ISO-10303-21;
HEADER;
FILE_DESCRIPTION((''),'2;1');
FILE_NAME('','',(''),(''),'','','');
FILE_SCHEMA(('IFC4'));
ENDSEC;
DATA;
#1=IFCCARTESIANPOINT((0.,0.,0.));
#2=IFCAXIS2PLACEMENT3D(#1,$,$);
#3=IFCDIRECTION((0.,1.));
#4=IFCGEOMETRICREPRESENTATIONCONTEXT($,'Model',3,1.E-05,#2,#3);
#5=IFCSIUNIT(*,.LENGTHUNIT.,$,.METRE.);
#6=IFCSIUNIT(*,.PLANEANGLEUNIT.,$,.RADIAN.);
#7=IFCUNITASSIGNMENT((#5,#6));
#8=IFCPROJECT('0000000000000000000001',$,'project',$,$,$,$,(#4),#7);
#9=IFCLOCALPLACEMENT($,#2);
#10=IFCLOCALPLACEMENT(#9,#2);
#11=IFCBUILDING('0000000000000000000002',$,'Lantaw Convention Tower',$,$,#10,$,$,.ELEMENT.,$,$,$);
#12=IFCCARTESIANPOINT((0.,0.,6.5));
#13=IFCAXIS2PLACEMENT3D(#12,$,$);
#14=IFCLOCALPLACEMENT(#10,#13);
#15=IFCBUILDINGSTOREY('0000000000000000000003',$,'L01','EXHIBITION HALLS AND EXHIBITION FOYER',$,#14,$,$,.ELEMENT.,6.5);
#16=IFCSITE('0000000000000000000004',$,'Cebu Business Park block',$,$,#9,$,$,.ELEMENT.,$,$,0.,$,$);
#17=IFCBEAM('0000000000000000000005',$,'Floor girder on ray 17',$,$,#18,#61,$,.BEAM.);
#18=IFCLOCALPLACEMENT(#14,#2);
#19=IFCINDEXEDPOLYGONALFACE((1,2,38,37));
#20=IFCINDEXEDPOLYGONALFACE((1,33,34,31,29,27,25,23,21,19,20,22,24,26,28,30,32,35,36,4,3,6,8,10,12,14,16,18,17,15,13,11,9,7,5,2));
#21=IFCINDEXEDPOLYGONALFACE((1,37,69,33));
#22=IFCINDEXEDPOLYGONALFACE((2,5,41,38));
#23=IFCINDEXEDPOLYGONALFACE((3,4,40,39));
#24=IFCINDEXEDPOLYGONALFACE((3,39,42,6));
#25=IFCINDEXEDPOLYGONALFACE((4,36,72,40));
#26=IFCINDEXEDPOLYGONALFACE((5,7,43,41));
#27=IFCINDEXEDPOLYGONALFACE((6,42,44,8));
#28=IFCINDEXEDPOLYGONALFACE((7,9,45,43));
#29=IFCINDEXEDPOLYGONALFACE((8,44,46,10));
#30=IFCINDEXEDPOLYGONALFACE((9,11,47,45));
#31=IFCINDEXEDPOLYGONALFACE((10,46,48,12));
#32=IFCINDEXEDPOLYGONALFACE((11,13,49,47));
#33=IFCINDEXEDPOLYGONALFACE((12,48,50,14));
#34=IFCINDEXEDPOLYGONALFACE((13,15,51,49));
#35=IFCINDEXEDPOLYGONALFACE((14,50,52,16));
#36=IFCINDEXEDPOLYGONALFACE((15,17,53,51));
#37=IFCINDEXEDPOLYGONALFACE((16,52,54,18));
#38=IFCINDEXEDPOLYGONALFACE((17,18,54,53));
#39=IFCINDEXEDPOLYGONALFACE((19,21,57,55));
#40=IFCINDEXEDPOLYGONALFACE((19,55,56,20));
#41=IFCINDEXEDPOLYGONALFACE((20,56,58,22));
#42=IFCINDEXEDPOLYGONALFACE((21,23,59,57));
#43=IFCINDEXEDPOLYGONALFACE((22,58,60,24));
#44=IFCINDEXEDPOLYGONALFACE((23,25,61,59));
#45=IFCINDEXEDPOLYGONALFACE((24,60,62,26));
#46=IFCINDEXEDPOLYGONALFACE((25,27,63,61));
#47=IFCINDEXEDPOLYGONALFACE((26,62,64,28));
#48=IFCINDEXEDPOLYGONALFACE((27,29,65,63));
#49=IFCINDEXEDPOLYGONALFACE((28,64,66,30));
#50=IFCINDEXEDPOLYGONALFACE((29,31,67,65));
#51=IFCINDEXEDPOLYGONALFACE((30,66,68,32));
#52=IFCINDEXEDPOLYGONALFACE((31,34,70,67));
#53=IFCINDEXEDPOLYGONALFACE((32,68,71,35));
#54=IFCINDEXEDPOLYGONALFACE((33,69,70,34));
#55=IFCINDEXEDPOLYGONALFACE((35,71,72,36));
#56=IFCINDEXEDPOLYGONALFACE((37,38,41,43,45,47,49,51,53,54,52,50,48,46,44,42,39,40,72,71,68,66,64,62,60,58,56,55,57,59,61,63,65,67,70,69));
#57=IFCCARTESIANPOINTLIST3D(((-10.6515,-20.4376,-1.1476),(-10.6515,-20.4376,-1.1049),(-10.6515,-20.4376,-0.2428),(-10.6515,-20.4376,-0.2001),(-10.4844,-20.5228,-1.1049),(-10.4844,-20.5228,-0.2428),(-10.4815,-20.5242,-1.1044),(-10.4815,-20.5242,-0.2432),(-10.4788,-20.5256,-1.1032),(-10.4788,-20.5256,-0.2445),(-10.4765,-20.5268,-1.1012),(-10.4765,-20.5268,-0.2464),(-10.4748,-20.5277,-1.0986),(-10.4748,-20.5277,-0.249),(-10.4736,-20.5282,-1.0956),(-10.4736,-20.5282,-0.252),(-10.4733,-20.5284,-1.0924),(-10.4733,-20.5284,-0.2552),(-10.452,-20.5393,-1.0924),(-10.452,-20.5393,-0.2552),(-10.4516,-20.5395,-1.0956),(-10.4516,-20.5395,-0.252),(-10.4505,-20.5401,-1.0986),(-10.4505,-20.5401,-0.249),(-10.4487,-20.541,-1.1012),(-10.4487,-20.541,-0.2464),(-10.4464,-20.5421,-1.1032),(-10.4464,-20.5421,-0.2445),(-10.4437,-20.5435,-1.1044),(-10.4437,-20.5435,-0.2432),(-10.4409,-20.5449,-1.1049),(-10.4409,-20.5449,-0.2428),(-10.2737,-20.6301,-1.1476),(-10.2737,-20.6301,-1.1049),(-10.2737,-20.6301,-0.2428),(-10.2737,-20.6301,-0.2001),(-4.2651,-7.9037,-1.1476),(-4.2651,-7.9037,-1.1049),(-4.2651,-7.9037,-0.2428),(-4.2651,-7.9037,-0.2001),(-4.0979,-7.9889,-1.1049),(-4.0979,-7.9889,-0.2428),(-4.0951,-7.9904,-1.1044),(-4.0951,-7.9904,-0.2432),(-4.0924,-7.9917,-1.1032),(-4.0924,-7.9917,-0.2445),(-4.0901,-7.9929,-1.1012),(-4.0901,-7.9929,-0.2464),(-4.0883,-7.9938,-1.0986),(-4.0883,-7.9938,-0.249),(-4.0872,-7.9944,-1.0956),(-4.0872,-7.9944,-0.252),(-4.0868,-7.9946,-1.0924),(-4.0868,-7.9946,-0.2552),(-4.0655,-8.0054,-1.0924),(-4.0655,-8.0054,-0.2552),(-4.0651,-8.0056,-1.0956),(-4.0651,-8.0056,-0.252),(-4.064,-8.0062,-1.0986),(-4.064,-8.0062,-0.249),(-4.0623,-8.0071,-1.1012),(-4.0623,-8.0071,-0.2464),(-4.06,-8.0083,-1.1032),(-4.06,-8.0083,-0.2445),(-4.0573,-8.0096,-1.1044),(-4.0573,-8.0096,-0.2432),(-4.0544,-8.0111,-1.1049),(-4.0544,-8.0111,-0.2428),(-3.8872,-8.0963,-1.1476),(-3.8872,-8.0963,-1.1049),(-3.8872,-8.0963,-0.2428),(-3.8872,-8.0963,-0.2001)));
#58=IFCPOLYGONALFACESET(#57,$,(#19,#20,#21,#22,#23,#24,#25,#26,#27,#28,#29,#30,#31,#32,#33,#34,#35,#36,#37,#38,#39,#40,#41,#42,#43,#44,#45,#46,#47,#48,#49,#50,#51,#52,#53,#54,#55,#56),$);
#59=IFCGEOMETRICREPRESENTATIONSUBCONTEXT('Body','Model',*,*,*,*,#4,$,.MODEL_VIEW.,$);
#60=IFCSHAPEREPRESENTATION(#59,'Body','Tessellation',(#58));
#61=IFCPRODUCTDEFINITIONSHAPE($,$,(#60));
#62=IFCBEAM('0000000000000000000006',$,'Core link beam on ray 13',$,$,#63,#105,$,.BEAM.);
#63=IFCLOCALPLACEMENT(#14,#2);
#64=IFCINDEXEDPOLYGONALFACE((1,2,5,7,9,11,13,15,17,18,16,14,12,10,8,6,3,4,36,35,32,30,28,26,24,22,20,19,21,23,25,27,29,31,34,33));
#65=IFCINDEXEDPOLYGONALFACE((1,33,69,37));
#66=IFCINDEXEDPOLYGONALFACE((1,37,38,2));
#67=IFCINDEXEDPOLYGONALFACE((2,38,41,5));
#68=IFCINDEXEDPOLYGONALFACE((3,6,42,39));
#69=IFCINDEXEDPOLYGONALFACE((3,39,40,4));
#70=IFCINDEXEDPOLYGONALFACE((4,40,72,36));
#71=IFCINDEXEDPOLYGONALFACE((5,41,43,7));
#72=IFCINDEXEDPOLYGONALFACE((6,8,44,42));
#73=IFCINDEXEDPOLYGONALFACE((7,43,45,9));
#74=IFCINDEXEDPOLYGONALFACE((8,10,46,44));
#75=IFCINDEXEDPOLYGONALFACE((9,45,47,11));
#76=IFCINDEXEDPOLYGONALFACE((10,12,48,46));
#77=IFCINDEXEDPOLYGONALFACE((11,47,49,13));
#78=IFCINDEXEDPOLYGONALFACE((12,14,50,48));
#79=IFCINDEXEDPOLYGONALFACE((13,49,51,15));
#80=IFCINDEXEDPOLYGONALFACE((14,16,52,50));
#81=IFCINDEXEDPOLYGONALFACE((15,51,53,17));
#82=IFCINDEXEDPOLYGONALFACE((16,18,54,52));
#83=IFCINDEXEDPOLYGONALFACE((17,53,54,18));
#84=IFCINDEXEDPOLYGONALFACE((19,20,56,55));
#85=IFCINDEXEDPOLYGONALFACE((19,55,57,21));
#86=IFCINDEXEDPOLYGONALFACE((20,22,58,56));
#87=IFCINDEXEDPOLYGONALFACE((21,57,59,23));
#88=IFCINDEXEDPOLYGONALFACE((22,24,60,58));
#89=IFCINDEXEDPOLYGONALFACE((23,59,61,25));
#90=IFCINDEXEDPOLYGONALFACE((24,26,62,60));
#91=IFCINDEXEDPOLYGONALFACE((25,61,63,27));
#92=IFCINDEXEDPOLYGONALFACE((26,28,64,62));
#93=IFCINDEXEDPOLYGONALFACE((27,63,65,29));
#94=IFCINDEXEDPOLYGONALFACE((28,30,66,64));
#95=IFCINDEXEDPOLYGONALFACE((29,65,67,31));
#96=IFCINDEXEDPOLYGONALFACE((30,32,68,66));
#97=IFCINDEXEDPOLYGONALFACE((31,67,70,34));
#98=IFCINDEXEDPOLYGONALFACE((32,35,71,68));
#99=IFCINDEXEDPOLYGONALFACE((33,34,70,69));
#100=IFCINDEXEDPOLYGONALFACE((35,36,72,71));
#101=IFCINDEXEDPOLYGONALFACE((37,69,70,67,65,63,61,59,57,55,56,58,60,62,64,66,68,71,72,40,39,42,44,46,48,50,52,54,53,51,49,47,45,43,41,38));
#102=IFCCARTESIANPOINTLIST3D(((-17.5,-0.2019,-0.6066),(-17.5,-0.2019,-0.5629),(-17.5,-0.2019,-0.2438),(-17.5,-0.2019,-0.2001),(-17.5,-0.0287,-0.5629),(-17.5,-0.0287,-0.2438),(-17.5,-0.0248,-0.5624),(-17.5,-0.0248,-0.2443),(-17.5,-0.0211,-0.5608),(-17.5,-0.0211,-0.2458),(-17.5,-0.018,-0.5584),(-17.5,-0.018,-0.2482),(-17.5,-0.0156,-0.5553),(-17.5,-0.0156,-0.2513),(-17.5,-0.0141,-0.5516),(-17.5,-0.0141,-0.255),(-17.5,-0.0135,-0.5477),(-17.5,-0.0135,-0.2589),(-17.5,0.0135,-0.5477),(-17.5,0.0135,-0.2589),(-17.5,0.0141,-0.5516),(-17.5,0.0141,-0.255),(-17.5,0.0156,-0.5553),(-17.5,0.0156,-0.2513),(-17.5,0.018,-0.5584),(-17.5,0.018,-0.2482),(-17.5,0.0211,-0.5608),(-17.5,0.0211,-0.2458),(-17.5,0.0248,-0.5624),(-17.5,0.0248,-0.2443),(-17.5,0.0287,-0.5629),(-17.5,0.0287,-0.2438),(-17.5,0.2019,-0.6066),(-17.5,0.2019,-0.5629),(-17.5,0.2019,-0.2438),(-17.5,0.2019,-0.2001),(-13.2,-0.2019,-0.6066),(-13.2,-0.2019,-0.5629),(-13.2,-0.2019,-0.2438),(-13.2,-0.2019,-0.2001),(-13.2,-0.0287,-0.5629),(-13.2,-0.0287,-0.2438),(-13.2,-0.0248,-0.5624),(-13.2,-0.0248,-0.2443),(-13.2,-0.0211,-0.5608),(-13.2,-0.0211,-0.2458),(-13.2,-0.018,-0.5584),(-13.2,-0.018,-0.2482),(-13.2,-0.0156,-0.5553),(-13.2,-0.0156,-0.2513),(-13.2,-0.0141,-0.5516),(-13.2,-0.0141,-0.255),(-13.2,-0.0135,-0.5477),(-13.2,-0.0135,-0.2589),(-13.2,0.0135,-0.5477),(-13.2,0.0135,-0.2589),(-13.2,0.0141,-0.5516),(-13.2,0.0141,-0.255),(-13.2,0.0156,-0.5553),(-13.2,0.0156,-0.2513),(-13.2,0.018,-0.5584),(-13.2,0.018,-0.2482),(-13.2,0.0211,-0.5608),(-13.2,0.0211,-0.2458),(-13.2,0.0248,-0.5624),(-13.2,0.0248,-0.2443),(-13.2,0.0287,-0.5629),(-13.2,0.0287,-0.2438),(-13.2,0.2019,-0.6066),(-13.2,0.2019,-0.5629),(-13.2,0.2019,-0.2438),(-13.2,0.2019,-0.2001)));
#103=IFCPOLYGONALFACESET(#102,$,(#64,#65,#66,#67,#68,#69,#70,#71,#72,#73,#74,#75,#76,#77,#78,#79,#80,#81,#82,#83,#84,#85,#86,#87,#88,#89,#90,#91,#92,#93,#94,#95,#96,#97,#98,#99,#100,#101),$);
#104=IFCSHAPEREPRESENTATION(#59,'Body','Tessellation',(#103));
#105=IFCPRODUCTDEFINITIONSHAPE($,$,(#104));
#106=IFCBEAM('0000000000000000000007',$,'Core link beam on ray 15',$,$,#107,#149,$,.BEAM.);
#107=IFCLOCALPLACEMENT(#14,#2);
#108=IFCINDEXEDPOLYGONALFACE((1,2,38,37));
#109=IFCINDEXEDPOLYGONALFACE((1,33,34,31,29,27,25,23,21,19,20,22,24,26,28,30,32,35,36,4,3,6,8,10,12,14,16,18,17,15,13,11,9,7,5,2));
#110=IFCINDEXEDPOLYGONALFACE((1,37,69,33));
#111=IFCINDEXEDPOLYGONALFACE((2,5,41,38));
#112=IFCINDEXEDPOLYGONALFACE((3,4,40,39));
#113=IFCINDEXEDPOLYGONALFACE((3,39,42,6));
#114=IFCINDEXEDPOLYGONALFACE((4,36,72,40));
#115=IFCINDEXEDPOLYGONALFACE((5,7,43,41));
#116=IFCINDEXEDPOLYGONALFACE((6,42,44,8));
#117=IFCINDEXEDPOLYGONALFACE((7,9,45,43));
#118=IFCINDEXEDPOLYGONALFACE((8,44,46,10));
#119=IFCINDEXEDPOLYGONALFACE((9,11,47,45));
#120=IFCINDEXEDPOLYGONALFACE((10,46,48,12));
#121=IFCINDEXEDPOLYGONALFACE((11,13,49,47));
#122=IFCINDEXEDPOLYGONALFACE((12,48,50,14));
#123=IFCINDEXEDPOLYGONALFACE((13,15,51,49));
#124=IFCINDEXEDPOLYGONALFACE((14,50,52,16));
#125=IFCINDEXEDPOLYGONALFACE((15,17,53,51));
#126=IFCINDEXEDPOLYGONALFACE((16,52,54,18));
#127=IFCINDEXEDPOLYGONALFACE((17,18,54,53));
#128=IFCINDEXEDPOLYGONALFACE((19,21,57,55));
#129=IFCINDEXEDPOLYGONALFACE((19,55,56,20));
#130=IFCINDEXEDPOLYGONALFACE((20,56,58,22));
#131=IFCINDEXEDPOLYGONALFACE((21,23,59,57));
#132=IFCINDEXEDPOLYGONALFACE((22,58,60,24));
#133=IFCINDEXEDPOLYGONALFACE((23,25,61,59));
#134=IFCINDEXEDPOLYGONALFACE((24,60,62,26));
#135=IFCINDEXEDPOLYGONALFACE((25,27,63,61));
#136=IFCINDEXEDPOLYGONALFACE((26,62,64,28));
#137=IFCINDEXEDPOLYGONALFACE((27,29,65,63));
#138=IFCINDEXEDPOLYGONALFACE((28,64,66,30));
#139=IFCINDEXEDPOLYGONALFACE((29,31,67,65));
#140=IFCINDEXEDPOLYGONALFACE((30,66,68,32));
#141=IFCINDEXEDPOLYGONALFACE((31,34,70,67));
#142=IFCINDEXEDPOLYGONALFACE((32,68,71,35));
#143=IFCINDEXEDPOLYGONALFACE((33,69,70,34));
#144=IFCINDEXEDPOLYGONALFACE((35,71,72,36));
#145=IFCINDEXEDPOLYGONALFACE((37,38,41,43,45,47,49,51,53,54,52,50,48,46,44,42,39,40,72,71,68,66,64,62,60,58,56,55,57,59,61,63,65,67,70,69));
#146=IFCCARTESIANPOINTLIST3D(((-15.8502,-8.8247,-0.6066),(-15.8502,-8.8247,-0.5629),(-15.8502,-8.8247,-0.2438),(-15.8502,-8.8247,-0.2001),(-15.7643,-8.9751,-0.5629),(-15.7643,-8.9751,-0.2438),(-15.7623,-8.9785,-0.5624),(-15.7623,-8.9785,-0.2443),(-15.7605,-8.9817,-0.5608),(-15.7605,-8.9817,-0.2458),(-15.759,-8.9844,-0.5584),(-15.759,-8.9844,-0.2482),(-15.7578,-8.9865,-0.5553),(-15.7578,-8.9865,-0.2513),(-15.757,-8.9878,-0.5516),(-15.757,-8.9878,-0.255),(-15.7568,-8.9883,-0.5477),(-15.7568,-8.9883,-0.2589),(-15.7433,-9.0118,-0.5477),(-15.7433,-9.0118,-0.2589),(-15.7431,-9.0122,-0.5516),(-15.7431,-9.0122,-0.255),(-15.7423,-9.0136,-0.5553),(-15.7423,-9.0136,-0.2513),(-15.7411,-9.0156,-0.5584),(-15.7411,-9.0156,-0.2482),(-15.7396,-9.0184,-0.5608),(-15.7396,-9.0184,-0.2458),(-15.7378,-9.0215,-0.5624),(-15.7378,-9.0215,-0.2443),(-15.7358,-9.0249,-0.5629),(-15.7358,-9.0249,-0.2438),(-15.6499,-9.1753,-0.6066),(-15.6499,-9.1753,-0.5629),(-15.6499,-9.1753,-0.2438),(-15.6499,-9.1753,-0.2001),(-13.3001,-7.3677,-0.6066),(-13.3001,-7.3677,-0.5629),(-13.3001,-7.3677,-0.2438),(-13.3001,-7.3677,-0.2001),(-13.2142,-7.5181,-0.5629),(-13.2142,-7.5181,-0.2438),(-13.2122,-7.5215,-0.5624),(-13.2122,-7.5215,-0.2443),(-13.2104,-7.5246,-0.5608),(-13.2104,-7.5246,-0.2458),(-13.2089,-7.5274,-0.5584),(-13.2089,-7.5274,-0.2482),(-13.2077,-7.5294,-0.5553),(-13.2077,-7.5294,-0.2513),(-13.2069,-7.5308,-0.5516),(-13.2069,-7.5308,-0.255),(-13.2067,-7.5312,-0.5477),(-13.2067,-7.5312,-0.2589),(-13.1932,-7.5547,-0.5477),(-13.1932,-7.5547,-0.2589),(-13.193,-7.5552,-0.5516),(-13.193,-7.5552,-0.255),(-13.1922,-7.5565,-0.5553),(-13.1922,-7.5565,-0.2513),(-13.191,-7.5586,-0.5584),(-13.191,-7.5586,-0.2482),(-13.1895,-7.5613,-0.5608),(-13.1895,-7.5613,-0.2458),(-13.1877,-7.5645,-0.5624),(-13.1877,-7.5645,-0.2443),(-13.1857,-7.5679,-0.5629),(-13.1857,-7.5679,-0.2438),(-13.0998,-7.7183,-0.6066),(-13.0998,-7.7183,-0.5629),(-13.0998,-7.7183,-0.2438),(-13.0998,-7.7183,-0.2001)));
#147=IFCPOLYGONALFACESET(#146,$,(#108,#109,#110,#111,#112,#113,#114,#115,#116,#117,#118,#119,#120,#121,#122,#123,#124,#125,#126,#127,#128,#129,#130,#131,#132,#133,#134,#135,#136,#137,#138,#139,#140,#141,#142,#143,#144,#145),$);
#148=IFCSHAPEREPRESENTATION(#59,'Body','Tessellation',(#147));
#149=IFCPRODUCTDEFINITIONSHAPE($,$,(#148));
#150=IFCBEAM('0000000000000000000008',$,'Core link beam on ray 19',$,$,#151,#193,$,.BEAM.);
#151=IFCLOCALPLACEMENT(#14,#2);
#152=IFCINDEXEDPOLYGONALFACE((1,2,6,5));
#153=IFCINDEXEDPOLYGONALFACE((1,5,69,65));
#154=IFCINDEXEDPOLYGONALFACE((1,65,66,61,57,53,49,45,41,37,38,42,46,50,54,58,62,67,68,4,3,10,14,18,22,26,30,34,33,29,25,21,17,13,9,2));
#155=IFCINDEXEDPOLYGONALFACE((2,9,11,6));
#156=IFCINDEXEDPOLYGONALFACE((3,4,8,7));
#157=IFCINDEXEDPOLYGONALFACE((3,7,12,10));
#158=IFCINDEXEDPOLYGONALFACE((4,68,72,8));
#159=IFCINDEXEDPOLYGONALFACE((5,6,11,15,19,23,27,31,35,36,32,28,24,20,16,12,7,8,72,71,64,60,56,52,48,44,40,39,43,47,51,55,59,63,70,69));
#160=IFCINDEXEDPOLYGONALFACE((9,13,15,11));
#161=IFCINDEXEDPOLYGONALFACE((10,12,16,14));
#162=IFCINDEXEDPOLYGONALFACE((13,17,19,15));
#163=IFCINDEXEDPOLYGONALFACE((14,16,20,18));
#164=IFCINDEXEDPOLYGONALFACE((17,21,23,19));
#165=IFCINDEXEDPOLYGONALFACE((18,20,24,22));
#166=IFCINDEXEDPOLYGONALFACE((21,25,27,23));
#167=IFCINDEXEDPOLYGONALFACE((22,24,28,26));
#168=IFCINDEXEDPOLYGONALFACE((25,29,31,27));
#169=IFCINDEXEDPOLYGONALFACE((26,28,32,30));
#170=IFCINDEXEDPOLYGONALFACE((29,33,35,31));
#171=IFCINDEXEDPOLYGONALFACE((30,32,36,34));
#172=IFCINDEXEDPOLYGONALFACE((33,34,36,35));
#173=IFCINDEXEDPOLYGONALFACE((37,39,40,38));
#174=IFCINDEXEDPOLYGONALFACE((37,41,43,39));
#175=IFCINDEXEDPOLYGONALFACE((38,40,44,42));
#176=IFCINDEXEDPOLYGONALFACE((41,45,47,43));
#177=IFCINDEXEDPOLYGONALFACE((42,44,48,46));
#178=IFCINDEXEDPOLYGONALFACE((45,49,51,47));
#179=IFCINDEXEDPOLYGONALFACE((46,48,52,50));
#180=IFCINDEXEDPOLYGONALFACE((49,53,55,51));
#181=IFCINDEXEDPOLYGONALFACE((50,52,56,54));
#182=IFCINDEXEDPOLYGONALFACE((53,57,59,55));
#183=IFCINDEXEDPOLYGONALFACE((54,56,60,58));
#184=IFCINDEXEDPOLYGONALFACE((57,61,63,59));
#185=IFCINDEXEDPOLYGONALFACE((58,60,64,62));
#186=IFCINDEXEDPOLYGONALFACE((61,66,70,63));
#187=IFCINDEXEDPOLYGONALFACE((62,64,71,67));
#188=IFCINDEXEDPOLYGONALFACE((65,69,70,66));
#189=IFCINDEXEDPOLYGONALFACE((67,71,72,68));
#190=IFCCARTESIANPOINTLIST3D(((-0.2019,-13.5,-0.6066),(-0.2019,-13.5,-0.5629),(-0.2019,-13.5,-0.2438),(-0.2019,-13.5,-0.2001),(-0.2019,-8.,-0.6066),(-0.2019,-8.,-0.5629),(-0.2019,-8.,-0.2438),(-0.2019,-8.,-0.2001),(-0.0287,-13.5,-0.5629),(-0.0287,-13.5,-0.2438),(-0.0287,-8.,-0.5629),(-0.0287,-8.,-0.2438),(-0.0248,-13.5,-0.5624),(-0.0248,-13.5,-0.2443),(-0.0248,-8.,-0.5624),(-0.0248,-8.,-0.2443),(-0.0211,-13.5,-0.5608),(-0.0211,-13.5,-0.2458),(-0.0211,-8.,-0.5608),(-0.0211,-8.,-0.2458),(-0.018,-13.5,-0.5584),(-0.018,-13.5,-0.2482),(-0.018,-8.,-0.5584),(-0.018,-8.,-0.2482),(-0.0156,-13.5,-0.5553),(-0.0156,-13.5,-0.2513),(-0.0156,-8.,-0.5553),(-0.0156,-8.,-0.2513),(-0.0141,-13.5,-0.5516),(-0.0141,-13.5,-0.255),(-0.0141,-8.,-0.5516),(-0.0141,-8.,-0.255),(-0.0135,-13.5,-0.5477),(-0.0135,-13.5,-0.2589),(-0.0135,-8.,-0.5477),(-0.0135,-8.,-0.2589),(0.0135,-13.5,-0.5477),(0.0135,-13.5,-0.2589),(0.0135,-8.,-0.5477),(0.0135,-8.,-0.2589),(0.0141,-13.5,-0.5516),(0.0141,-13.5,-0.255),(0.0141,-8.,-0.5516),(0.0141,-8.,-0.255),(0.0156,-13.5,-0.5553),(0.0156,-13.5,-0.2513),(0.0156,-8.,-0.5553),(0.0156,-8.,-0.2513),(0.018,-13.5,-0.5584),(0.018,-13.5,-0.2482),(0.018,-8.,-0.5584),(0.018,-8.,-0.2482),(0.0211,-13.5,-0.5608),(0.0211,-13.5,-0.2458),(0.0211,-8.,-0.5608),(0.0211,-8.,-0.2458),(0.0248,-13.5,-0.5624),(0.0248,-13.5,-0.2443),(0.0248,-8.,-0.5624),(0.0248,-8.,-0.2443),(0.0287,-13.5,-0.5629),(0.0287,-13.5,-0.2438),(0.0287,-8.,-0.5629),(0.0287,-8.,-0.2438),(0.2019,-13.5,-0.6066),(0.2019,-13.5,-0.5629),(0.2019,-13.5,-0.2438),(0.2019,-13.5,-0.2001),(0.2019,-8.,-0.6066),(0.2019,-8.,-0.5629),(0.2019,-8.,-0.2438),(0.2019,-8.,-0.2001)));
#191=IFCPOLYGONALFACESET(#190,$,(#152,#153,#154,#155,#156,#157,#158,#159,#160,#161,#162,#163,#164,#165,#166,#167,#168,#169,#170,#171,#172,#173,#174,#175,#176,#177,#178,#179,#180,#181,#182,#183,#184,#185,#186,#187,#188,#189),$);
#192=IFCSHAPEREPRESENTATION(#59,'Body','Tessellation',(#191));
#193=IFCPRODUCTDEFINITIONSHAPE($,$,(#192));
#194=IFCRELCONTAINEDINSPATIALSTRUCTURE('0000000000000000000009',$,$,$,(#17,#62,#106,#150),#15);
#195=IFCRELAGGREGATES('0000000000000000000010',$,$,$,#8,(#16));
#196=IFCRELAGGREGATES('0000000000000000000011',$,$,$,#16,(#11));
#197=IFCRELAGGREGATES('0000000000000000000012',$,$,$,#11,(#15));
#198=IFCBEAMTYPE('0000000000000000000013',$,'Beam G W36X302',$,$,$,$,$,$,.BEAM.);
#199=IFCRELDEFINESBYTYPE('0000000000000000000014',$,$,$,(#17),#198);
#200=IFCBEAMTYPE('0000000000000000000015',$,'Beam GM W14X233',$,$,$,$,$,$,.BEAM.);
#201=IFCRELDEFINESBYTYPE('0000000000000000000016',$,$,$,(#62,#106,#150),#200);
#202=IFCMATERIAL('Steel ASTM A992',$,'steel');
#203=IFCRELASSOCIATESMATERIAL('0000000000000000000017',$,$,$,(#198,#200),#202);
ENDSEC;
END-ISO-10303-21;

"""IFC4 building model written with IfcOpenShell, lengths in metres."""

from ifc_helpers import new_model, si_unit, direction, frame, origin, origin_2d, place, context, subcontext, project, spatial, i_section, extrude, material, material_profile, profile_set, type_object, element, save


model = new_model("IFC4")

# Units and contexts
model_context = context("Model", 3, precision=1e-05, world=origin(), true_north=direction((0.0, 1.0)))
body_context = subcontext(model_context, "Body", "Model", "MODEL_VIEW")
ifc_project = project(units=[si_unit("LENGTHUNIT", "METRE"), si_unit("PLANEANGLEUNIT", "RADIAN")], contexts=[model_context])

# Site, building, storey
site_placement = place(None, origin())
site = spatial("IfcSite", under=ifc_project, at=site_placement, Name="Cebu Business Park block", CompositionType="ELEMENT", RefElevation=0.0)
building_placement = place(site_placement, origin())
building = spatial("IfcBuilding", under=site, at=building_placement, Name="Lantaw Convention Tower", CompositionType="ELEMENT")
storey_placement = place(building_placement, frame((0.0, 0.0, 6.5)))
storey = spatial("IfcBuildingStorey", under=building, at=storey_placement, Name="L01", Description="EXHIBITION HALLS AND EXHIBITION FOYER", CompositionType="ELEMENT", Elevation=6.5)

# Beams
ifc_material_1 = material(Name="Steel ASTM A992", Category="steel")
ifc_material_profile_1 = material_profile(ifc_material_1, i_section(OverallWidth=0.4241, OverallDepth=0.9475, WebThickness=0.0239, FlangeThickness=0.0427, FilletRadius=0.0125, at=origin_2d()), Name="W36X302")
ifc_profile_set_1 = profile_set([ifc_material_profile_1], Name="Steel ASTM A992")
beam_type_1 = type_object("IfcBeamType", Name="Beam G W36X302", PredefinedType="BEAM", material=ifc_profile_set_1)
beam_1_placement = place(storey_placement, frame((-4.0762, -8.0, -0.6738), z_axis=(-0.453997, -0.891003, 0.0), x_axis=(0.891003, -0.453997, 0.0)))
element("IfcBeam", 1, at=beam_1_placement, inside=storey, type_object=beam_type_1, Name="Floor girder on ray 17", PredefinedType="BEAM", context=body_context, shape_type="SweptSolid", body=[
    extrude(i_section(OverallWidth=0.4241, OverallDepth=0.9475, WebThickness=0.0239, FlangeThickness=0.0427, FilletRadius=0.0125, at=origin_2d()), origin(), (0.0, 0.0, 1.0), 14.0671),
])
ifc_material_profile_2 = material_profile(ifc_material_1, i_section(OverallWidth=0.4038, OverallDepth=0.4065, WebThickness=0.0271, FlangeThickness=0.0437, FilletRadius=0.0151, at=origin_2d()), Name="W14X233")
ifc_profile_set_2 = profile_set([ifc_material_profile_2], Name="Steel ASTM A992")
beam_type_2 = type_object("IfcBeamType", Name="Beam GM W14X233", PredefinedType="BEAM", material=ifc_profile_set_2)
beam_2_placement = place(storey_placement, frame((-13.2, 0.0, -0.4033), z_axis=(-1.0, 0.0, 0.0), x_axis=(0.0, -1.0, 0.0)))
element("IfcBeam", 2, at=beam_2_placement, inside=storey, type_object=beam_type_2, Name="Core link beam on ray 13", PredefinedType="BEAM", context=body_context, shape_type="SweptSolid", body=[
    extrude(i_section(OverallWidth=0.4038, OverallDepth=0.4065, WebThickness=0.0271, FlangeThickness=0.0437, FilletRadius=0.0151, at=origin_2d()), origin(), (0.0, 0.0, 1.0), 4.3),
])
beam_3_placement = place(storey_placement, frame((-13.2, -7.543, -0.4033), z_axis=(-0.868264, -0.496103, 0.0), x_axis=(0.496103, -0.868264, 0.0)))
element("IfcBeam", 3, at=beam_3_placement, inside=storey, type_object=beam_type_2, Name="Core link beam on ray 15", PredefinedType="BEAM", context=body_context, shape_type="SweptSolid", body=[
    extrude(i_section(OverallWidth=0.4038, OverallDepth=0.4065, WebThickness=0.0271, FlangeThickness=0.0437, FilletRadius=0.0151, at=origin_2d()), origin(), (0.0, 0.0, 1.0), 2.937),
])
beam_4_placement = place(storey_placement, frame((0.0, -8.0, -0.4033), z_axis=(0.0, -1.0, 0.0), x_axis=(1.0, 0.0, 0.0)))
element("IfcBeam", 4, at=beam_4_placement, inside=storey, type_object=beam_type_2, Name="Core link beam on ray 19", PredefinedType="BEAM", context=body_context, shape_type="SweptSolid", body=[
    extrude(i_section(OverallWidth=0.4038, OverallDepth=0.4065, WebThickness=0.0271, FlangeThickness=0.0437, FilletRadius=0.0151, at=origin_2d()), origin(), (0.0, 0.0, 1.0), 5.5),
])

save(model, "model.ifc")
